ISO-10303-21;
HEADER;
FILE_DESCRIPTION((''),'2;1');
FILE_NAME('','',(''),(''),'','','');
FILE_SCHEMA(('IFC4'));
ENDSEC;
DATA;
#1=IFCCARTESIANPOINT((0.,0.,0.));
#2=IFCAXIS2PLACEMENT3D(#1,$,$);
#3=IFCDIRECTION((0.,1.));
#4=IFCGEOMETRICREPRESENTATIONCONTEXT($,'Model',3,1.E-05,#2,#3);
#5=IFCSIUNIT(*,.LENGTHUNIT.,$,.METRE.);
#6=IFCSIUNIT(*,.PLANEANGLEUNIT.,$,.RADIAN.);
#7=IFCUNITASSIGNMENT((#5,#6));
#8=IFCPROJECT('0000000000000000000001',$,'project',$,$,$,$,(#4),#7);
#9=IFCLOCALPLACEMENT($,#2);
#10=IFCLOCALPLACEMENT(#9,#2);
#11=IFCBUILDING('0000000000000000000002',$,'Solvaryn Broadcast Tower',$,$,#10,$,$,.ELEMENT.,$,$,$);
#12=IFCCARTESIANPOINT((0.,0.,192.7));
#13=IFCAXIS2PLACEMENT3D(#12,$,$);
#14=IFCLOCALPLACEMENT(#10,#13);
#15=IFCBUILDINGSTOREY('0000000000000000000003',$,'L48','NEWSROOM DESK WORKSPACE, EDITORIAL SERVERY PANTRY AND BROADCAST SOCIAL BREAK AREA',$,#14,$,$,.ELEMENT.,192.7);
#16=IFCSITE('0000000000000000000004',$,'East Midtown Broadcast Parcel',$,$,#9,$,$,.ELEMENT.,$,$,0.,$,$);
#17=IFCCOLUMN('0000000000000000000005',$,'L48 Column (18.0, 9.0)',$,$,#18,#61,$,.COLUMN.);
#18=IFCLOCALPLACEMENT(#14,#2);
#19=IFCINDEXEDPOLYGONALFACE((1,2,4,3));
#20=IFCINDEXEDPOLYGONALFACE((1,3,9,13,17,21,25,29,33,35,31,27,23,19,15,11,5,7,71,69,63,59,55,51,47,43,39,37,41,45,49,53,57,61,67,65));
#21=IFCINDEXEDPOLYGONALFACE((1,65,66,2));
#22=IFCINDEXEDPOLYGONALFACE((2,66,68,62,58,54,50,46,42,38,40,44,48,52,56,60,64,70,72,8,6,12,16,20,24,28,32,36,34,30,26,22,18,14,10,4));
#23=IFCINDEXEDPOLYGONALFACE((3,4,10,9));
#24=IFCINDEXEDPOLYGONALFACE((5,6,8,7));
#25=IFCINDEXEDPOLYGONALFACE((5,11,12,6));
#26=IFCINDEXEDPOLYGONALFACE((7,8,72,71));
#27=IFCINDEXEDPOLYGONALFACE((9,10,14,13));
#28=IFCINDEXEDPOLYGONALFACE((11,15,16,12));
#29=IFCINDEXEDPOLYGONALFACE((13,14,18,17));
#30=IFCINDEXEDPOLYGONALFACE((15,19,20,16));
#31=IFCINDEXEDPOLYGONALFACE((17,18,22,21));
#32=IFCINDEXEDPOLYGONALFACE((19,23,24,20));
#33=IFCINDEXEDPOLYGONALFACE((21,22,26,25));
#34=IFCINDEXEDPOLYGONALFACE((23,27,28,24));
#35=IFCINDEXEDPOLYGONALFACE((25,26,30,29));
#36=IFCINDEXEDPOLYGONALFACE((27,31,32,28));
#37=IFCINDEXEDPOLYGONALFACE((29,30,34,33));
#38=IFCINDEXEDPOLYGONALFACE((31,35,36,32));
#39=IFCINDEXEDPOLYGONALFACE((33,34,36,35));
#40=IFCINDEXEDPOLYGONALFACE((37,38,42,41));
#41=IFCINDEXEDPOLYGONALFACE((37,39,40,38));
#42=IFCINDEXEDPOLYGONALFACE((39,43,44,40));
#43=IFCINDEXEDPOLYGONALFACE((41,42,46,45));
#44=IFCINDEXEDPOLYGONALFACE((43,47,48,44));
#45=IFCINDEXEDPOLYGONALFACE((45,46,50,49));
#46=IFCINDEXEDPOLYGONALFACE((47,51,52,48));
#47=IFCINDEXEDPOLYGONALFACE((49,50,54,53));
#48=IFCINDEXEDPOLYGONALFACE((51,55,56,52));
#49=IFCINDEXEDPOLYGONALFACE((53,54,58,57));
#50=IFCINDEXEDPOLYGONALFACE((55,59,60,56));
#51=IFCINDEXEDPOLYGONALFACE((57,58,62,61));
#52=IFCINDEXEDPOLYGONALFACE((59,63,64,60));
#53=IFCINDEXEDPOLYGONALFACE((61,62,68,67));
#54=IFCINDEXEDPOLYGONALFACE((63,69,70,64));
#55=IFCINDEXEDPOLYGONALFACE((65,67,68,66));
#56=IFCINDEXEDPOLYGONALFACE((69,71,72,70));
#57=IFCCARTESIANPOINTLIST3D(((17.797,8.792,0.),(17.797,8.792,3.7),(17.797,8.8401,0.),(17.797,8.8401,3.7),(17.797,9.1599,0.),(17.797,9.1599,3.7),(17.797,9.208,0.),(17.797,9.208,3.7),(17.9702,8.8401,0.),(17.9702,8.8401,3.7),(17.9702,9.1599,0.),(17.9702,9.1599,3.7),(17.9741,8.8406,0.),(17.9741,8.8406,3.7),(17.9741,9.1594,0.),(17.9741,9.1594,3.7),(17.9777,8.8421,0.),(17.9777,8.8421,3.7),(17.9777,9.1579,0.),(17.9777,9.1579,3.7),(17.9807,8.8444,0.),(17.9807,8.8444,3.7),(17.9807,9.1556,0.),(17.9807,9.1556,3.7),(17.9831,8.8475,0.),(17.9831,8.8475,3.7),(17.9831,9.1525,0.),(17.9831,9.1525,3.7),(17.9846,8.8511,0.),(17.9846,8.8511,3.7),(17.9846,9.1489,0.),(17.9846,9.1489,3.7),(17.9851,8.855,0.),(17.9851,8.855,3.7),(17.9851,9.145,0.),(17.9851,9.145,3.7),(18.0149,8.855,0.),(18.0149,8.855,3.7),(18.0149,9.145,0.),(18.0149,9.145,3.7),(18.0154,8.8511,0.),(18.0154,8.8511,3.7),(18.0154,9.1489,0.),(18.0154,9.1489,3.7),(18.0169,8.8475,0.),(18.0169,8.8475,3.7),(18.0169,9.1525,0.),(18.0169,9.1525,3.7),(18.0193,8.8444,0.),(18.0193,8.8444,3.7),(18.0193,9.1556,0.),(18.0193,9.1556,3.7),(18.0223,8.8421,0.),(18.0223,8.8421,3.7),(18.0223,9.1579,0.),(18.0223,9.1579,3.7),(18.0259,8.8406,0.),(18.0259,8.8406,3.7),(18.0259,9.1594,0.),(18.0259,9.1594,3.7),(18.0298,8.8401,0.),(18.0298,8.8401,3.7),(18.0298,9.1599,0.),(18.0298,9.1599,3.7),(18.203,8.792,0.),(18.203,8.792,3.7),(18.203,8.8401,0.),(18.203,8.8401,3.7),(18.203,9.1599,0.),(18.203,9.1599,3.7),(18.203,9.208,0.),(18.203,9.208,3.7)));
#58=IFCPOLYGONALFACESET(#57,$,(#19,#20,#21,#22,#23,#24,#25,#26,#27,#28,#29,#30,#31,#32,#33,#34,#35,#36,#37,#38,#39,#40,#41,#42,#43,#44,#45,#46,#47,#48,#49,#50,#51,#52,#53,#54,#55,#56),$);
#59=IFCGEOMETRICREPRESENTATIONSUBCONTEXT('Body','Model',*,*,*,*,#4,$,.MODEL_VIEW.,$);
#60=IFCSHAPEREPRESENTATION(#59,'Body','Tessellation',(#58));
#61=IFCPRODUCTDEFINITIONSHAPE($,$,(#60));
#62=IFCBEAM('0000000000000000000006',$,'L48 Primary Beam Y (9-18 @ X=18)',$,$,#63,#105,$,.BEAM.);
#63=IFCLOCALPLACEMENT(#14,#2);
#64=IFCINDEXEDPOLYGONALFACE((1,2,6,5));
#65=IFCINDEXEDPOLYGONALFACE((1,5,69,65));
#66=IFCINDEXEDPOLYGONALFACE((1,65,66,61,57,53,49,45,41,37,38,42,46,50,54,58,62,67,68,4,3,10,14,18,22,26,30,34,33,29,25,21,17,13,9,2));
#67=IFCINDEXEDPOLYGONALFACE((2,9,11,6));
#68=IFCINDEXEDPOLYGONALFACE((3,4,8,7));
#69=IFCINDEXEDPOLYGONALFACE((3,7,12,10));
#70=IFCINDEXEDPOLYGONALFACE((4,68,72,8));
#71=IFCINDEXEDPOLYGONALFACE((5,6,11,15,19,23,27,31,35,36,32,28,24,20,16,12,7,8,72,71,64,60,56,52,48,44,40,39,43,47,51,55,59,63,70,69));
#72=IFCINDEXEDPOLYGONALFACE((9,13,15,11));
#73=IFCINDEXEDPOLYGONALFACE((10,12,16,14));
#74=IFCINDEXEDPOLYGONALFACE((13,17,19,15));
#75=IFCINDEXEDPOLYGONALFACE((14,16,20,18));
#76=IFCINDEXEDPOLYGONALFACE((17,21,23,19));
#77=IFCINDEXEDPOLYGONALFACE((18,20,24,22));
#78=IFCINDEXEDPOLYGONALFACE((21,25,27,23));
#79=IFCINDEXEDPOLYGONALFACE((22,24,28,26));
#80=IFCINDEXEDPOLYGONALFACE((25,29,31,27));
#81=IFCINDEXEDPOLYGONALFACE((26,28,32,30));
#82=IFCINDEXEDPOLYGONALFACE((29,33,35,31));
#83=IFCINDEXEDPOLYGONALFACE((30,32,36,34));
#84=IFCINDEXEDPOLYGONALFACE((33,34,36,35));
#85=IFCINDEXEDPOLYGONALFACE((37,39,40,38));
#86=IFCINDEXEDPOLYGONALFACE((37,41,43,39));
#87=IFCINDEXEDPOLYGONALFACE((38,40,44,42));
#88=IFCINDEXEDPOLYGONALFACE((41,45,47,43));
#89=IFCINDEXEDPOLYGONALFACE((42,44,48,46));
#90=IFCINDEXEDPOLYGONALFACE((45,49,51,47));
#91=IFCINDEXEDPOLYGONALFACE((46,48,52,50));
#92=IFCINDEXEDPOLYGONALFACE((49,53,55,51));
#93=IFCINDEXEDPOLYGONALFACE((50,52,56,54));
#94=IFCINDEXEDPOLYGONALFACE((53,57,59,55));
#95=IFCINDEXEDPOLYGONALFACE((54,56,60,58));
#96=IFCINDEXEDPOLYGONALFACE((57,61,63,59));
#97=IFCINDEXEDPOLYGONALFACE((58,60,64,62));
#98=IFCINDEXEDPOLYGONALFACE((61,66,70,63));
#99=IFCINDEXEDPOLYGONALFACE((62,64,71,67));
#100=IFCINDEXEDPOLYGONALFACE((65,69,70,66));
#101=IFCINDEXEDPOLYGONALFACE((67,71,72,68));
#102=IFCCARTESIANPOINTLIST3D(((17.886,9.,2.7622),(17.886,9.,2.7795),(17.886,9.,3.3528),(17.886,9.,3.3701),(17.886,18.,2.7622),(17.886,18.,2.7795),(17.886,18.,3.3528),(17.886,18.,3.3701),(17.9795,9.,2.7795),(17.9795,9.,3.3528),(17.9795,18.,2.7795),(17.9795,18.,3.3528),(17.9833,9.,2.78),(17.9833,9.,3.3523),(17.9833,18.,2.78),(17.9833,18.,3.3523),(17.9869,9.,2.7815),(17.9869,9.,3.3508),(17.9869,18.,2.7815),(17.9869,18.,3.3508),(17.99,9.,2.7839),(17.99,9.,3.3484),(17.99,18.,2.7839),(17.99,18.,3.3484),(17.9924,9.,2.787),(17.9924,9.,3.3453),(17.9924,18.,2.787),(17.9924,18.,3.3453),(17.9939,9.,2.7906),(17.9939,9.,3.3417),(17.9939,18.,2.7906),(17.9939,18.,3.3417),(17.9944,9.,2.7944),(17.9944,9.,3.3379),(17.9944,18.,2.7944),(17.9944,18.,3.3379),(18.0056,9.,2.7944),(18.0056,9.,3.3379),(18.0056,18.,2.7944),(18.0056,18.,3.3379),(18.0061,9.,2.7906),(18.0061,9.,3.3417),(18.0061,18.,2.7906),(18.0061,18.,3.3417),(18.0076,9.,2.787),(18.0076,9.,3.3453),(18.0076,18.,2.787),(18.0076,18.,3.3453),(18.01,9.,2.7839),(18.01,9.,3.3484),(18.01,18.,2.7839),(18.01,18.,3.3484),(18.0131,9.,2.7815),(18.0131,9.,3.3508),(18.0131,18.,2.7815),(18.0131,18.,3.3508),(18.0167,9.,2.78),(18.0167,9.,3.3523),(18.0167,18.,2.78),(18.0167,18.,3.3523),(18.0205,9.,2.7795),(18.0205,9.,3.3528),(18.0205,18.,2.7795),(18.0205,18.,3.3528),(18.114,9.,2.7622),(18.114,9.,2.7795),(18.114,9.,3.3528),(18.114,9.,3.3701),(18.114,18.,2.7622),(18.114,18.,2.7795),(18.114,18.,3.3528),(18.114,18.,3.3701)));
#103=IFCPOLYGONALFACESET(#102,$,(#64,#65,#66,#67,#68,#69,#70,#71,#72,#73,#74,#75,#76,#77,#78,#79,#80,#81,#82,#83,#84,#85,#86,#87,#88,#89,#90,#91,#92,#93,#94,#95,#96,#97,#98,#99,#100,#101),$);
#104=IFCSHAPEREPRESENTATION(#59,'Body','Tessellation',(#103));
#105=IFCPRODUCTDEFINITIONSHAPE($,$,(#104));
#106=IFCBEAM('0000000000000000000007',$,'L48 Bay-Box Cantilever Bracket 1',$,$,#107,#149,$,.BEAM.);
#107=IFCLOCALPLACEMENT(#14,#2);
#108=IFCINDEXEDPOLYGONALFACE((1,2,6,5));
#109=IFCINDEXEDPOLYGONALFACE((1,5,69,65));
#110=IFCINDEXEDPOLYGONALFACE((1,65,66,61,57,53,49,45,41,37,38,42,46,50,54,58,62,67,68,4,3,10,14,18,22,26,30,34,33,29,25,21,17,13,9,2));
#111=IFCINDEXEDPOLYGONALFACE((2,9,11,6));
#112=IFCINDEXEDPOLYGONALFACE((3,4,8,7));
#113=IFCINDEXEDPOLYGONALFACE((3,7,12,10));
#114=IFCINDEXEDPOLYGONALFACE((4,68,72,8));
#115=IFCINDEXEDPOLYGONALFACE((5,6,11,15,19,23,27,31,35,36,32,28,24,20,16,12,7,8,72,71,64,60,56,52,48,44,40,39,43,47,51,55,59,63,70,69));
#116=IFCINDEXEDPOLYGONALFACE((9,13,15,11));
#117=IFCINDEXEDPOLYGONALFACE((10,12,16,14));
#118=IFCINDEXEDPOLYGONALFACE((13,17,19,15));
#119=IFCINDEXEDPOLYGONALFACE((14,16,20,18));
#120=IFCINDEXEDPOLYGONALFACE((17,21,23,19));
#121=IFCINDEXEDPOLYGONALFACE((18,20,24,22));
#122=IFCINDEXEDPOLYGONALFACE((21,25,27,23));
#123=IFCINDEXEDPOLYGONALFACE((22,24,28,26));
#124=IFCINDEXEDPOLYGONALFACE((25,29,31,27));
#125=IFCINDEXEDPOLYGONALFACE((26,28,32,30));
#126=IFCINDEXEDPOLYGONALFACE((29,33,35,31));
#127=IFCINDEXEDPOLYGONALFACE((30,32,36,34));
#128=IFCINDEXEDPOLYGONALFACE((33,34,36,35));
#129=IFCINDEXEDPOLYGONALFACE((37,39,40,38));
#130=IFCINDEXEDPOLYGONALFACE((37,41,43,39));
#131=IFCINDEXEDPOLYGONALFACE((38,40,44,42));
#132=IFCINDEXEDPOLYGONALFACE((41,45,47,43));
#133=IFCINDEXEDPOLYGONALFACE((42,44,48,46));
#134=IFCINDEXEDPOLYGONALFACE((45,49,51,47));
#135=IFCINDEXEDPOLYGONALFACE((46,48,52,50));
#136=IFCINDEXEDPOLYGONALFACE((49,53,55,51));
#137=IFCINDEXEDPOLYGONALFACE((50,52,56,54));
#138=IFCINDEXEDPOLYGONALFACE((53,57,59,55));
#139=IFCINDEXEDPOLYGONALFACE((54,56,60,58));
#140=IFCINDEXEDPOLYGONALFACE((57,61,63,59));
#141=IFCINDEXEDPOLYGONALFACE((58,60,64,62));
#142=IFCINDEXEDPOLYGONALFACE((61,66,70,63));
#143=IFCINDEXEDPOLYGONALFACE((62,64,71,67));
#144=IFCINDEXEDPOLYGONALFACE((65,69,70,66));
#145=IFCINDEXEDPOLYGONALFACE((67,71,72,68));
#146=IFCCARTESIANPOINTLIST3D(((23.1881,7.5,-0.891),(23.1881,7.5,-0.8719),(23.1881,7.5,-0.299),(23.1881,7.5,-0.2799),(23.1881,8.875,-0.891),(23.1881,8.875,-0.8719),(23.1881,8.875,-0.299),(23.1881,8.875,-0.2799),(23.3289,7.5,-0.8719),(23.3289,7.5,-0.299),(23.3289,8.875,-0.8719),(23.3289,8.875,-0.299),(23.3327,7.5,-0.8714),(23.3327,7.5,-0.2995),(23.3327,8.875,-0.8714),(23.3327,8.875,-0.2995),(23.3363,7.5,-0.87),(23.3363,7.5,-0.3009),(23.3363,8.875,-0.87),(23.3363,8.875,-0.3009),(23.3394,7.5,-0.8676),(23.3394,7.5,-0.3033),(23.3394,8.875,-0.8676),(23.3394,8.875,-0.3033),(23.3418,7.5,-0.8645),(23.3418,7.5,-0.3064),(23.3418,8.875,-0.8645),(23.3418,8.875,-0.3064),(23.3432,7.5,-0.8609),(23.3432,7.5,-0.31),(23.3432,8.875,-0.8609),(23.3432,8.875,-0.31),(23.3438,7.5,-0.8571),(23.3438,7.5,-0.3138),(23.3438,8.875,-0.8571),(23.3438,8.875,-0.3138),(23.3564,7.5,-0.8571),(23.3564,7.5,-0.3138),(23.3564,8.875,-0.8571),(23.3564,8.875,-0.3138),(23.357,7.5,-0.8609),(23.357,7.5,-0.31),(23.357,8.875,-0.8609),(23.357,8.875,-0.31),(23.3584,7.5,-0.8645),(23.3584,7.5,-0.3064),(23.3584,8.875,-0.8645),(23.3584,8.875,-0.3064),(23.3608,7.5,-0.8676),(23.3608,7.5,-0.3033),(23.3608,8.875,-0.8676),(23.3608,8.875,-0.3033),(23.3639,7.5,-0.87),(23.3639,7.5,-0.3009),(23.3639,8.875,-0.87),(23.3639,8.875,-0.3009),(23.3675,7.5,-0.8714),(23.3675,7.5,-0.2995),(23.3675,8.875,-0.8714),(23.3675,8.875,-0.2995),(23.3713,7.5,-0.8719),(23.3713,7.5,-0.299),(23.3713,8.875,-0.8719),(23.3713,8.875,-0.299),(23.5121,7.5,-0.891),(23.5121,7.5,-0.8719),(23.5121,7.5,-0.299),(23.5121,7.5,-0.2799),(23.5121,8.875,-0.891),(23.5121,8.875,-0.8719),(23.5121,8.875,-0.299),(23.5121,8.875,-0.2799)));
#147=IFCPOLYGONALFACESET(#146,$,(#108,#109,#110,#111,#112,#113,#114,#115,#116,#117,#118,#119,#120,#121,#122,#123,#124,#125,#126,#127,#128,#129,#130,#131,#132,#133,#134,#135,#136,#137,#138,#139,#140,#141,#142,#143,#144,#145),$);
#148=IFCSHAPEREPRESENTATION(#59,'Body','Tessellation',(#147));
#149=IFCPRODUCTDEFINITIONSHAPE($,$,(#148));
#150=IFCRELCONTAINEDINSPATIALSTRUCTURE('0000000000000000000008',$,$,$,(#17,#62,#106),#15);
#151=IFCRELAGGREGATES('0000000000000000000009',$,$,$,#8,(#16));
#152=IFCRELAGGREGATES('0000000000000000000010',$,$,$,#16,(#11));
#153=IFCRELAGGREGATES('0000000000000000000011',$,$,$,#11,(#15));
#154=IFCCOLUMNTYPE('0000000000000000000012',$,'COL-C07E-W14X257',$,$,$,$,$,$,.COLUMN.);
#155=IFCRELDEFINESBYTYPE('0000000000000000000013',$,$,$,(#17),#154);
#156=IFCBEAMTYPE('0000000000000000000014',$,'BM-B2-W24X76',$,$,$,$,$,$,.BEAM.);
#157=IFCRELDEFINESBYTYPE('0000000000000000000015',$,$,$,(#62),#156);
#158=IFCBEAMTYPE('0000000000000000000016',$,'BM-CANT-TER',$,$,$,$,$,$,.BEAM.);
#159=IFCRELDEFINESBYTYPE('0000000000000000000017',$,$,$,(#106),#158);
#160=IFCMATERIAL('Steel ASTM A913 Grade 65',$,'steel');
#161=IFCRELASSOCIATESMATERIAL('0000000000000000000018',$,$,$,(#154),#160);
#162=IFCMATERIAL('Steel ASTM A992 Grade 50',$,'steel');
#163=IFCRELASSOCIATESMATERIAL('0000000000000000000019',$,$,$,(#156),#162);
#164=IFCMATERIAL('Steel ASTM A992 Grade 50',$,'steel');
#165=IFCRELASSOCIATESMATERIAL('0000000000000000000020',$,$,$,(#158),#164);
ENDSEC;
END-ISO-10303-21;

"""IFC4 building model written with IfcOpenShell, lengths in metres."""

from ifc_helpers import new_model, si_unit, direction, frame, origin, origin_2d, place, context, subcontext, project, spatial, i_section, extrude, material, material_profile, profile_set, type_object, element, save


model = new_model("IFC4")

# Units and contexts
model_context = context("Model", 3, precision=1e-05, world=origin(), true_north=direction((0.0, 1.0)))
body_context = subcontext(model_context, "Body", "Model", "MODEL_VIEW")
ifc_project = project(units=[si_unit("LENGTHUNIT", "METRE"), si_unit("PLANEANGLEUNIT", "RADIAN")], contexts=[model_context])

# Site, building, storey
site_placement = place(None, origin())
site = spatial("IfcSite", under=ifc_project, at=site_placement, Name="East Midtown Broadcast Parcel", CompositionType="ELEMENT", RefElevation=0.0)
building_placement = place(site_placement, origin())
building = spatial("IfcBuilding", under=site, at=building_placement, Name="Solvaryn Broadcast Tower", CompositionType="ELEMENT")
storey_placement = place(building_placement, frame((0.0, 0.0, 192.7)))
storey = spatial("IfcBuildingStorey", under=building, at=storey_placement, Name="L48", Description="NEWSROOM DESK WORKSPACE, EDITORIAL SERVERY PANTRY AND BROADCAST SOCIAL BREAK AREA", CompositionType="ELEMENT", Elevation=192.7)

# Column
ifc_material_1 = material(Name="Steel ASTM A913 Grade 65", Category="steel")
ifc_material_profile_1 = material_profile(ifc_material_1, i_section(OverallWidth=0.406, OverallDepth=0.416, WebThickness=0.0298, FlangeThickness=0.0481, FilletRadius=0.0149, at=origin_2d()))
ifc_profile_set_1 = profile_set([ifc_material_profile_1], Name="Steel ASTM A913 Grade 65")
column_type = type_object("IfcColumnType", Name="COL-C07E-W14X257", PredefinedType="COLUMN", material=ifc_profile_set_1)
column_placement = place(storey_placement, frame((18.0, 9.0, 0.0), z_axis=(0.0, 0.0, 1.0), x_axis=(1.0, 0.0, 0.0)))
element("IfcColumn", 1, at=column_placement, inside=storey, type_object=column_type, Name="L48 Column (18.0, 9.0)", PredefinedType="COLUMN", context=body_context, shape_type="SweptSolid", body=[
    extrude(i_section(OverallWidth=0.406, OverallDepth=0.416, WebThickness=0.0298, FlangeThickness=0.0481, FilletRadius=0.0149, at=origin_2d()), origin(), (0.0, 0.0, 1.0), 3.7),
])

# Beams
ifc_material_2 = material(Name="Steel ASTM A992 Grade 50", Category="steel")
ifc_material_profile_2 = material_profile(ifc_material_2, i_section(OverallWidth=0.228, OverallDepth=0.6079, WebThickness=0.0112, FlangeThickness=0.0173, FilletRadius=0.0149, at=origin_2d()))
ifc_profile_set_2 = profile_set([ifc_material_profile_2], Name="Steel ASTM A992 Grade 50")
beam_type_1 = type_object("IfcBeamType", Name="BM-B2-W24X76", PredefinedType="BEAM", material=ifc_profile_set_2)
beam_1_placement = place(storey_placement, frame((18.0, 9.0, 3.0662), z_axis=(0.0, 1.0, 0.0), x_axis=(-1.0, 0.0, 0.0)))
element("IfcBeam", 2, at=beam_1_placement, inside=storey, type_object=beam_type_1, Name="L48 Primary Beam Y (9-18 @ X=18)", PredefinedType="BEAM", context=body_context, shape_type="SweptSolid", body=[
    extrude(i_section(OverallWidth=0.228, OverallDepth=0.6079, WebThickness=0.0112, FlangeThickness=0.0173, FilletRadius=0.0149, at=origin_2d()), origin(), (0.0, 0.0, 1.0), 9.0),
])
ifc_material_3 = material(Name="Steel ASTM A992 Grade 50", Category="steel")
ifc_material_profile_3 = material_profile(ifc_material_3, i_section(OverallWidth=0.324, OverallDepth=0.6111, WebThickness=0.0127, FlangeThickness=0.019, FilletRadius=0.0149, at=origin_2d()))
ifc_profile_set_3 = profile_set([ifc_material_profile_3], Name="Steel ASTM A992 Grade 50")
beam_type_2 = type_object("IfcBeamType", Name="BM-CANT-TER", PredefinedType="BEAM", material=ifc_profile_set_3)
beam_2_placement = place(storey_placement, frame((23.3501, 8.875, -0.5854), z_axis=(0.0, -1.0, 0.0), x_axis=(1.0, 0.0, 0.0)))
element("IfcBeam", 3, at=beam_2_placement, inside=storey, type_object=beam_type_2, Name="L48 Bay-Box Cantilever Bracket 1", PredefinedType="BEAM", context=body_context, shape_type="SweptSolid", body=[
    extrude(i_section(OverallWidth=0.324, OverallDepth=0.6111, WebThickness=0.0127, FlangeThickness=0.019, FilletRadius=0.0149, at=origin_2d()), origin(), (0.0, 0.0, 1.0), 1.375),
])

save(model, "model.ifc")
